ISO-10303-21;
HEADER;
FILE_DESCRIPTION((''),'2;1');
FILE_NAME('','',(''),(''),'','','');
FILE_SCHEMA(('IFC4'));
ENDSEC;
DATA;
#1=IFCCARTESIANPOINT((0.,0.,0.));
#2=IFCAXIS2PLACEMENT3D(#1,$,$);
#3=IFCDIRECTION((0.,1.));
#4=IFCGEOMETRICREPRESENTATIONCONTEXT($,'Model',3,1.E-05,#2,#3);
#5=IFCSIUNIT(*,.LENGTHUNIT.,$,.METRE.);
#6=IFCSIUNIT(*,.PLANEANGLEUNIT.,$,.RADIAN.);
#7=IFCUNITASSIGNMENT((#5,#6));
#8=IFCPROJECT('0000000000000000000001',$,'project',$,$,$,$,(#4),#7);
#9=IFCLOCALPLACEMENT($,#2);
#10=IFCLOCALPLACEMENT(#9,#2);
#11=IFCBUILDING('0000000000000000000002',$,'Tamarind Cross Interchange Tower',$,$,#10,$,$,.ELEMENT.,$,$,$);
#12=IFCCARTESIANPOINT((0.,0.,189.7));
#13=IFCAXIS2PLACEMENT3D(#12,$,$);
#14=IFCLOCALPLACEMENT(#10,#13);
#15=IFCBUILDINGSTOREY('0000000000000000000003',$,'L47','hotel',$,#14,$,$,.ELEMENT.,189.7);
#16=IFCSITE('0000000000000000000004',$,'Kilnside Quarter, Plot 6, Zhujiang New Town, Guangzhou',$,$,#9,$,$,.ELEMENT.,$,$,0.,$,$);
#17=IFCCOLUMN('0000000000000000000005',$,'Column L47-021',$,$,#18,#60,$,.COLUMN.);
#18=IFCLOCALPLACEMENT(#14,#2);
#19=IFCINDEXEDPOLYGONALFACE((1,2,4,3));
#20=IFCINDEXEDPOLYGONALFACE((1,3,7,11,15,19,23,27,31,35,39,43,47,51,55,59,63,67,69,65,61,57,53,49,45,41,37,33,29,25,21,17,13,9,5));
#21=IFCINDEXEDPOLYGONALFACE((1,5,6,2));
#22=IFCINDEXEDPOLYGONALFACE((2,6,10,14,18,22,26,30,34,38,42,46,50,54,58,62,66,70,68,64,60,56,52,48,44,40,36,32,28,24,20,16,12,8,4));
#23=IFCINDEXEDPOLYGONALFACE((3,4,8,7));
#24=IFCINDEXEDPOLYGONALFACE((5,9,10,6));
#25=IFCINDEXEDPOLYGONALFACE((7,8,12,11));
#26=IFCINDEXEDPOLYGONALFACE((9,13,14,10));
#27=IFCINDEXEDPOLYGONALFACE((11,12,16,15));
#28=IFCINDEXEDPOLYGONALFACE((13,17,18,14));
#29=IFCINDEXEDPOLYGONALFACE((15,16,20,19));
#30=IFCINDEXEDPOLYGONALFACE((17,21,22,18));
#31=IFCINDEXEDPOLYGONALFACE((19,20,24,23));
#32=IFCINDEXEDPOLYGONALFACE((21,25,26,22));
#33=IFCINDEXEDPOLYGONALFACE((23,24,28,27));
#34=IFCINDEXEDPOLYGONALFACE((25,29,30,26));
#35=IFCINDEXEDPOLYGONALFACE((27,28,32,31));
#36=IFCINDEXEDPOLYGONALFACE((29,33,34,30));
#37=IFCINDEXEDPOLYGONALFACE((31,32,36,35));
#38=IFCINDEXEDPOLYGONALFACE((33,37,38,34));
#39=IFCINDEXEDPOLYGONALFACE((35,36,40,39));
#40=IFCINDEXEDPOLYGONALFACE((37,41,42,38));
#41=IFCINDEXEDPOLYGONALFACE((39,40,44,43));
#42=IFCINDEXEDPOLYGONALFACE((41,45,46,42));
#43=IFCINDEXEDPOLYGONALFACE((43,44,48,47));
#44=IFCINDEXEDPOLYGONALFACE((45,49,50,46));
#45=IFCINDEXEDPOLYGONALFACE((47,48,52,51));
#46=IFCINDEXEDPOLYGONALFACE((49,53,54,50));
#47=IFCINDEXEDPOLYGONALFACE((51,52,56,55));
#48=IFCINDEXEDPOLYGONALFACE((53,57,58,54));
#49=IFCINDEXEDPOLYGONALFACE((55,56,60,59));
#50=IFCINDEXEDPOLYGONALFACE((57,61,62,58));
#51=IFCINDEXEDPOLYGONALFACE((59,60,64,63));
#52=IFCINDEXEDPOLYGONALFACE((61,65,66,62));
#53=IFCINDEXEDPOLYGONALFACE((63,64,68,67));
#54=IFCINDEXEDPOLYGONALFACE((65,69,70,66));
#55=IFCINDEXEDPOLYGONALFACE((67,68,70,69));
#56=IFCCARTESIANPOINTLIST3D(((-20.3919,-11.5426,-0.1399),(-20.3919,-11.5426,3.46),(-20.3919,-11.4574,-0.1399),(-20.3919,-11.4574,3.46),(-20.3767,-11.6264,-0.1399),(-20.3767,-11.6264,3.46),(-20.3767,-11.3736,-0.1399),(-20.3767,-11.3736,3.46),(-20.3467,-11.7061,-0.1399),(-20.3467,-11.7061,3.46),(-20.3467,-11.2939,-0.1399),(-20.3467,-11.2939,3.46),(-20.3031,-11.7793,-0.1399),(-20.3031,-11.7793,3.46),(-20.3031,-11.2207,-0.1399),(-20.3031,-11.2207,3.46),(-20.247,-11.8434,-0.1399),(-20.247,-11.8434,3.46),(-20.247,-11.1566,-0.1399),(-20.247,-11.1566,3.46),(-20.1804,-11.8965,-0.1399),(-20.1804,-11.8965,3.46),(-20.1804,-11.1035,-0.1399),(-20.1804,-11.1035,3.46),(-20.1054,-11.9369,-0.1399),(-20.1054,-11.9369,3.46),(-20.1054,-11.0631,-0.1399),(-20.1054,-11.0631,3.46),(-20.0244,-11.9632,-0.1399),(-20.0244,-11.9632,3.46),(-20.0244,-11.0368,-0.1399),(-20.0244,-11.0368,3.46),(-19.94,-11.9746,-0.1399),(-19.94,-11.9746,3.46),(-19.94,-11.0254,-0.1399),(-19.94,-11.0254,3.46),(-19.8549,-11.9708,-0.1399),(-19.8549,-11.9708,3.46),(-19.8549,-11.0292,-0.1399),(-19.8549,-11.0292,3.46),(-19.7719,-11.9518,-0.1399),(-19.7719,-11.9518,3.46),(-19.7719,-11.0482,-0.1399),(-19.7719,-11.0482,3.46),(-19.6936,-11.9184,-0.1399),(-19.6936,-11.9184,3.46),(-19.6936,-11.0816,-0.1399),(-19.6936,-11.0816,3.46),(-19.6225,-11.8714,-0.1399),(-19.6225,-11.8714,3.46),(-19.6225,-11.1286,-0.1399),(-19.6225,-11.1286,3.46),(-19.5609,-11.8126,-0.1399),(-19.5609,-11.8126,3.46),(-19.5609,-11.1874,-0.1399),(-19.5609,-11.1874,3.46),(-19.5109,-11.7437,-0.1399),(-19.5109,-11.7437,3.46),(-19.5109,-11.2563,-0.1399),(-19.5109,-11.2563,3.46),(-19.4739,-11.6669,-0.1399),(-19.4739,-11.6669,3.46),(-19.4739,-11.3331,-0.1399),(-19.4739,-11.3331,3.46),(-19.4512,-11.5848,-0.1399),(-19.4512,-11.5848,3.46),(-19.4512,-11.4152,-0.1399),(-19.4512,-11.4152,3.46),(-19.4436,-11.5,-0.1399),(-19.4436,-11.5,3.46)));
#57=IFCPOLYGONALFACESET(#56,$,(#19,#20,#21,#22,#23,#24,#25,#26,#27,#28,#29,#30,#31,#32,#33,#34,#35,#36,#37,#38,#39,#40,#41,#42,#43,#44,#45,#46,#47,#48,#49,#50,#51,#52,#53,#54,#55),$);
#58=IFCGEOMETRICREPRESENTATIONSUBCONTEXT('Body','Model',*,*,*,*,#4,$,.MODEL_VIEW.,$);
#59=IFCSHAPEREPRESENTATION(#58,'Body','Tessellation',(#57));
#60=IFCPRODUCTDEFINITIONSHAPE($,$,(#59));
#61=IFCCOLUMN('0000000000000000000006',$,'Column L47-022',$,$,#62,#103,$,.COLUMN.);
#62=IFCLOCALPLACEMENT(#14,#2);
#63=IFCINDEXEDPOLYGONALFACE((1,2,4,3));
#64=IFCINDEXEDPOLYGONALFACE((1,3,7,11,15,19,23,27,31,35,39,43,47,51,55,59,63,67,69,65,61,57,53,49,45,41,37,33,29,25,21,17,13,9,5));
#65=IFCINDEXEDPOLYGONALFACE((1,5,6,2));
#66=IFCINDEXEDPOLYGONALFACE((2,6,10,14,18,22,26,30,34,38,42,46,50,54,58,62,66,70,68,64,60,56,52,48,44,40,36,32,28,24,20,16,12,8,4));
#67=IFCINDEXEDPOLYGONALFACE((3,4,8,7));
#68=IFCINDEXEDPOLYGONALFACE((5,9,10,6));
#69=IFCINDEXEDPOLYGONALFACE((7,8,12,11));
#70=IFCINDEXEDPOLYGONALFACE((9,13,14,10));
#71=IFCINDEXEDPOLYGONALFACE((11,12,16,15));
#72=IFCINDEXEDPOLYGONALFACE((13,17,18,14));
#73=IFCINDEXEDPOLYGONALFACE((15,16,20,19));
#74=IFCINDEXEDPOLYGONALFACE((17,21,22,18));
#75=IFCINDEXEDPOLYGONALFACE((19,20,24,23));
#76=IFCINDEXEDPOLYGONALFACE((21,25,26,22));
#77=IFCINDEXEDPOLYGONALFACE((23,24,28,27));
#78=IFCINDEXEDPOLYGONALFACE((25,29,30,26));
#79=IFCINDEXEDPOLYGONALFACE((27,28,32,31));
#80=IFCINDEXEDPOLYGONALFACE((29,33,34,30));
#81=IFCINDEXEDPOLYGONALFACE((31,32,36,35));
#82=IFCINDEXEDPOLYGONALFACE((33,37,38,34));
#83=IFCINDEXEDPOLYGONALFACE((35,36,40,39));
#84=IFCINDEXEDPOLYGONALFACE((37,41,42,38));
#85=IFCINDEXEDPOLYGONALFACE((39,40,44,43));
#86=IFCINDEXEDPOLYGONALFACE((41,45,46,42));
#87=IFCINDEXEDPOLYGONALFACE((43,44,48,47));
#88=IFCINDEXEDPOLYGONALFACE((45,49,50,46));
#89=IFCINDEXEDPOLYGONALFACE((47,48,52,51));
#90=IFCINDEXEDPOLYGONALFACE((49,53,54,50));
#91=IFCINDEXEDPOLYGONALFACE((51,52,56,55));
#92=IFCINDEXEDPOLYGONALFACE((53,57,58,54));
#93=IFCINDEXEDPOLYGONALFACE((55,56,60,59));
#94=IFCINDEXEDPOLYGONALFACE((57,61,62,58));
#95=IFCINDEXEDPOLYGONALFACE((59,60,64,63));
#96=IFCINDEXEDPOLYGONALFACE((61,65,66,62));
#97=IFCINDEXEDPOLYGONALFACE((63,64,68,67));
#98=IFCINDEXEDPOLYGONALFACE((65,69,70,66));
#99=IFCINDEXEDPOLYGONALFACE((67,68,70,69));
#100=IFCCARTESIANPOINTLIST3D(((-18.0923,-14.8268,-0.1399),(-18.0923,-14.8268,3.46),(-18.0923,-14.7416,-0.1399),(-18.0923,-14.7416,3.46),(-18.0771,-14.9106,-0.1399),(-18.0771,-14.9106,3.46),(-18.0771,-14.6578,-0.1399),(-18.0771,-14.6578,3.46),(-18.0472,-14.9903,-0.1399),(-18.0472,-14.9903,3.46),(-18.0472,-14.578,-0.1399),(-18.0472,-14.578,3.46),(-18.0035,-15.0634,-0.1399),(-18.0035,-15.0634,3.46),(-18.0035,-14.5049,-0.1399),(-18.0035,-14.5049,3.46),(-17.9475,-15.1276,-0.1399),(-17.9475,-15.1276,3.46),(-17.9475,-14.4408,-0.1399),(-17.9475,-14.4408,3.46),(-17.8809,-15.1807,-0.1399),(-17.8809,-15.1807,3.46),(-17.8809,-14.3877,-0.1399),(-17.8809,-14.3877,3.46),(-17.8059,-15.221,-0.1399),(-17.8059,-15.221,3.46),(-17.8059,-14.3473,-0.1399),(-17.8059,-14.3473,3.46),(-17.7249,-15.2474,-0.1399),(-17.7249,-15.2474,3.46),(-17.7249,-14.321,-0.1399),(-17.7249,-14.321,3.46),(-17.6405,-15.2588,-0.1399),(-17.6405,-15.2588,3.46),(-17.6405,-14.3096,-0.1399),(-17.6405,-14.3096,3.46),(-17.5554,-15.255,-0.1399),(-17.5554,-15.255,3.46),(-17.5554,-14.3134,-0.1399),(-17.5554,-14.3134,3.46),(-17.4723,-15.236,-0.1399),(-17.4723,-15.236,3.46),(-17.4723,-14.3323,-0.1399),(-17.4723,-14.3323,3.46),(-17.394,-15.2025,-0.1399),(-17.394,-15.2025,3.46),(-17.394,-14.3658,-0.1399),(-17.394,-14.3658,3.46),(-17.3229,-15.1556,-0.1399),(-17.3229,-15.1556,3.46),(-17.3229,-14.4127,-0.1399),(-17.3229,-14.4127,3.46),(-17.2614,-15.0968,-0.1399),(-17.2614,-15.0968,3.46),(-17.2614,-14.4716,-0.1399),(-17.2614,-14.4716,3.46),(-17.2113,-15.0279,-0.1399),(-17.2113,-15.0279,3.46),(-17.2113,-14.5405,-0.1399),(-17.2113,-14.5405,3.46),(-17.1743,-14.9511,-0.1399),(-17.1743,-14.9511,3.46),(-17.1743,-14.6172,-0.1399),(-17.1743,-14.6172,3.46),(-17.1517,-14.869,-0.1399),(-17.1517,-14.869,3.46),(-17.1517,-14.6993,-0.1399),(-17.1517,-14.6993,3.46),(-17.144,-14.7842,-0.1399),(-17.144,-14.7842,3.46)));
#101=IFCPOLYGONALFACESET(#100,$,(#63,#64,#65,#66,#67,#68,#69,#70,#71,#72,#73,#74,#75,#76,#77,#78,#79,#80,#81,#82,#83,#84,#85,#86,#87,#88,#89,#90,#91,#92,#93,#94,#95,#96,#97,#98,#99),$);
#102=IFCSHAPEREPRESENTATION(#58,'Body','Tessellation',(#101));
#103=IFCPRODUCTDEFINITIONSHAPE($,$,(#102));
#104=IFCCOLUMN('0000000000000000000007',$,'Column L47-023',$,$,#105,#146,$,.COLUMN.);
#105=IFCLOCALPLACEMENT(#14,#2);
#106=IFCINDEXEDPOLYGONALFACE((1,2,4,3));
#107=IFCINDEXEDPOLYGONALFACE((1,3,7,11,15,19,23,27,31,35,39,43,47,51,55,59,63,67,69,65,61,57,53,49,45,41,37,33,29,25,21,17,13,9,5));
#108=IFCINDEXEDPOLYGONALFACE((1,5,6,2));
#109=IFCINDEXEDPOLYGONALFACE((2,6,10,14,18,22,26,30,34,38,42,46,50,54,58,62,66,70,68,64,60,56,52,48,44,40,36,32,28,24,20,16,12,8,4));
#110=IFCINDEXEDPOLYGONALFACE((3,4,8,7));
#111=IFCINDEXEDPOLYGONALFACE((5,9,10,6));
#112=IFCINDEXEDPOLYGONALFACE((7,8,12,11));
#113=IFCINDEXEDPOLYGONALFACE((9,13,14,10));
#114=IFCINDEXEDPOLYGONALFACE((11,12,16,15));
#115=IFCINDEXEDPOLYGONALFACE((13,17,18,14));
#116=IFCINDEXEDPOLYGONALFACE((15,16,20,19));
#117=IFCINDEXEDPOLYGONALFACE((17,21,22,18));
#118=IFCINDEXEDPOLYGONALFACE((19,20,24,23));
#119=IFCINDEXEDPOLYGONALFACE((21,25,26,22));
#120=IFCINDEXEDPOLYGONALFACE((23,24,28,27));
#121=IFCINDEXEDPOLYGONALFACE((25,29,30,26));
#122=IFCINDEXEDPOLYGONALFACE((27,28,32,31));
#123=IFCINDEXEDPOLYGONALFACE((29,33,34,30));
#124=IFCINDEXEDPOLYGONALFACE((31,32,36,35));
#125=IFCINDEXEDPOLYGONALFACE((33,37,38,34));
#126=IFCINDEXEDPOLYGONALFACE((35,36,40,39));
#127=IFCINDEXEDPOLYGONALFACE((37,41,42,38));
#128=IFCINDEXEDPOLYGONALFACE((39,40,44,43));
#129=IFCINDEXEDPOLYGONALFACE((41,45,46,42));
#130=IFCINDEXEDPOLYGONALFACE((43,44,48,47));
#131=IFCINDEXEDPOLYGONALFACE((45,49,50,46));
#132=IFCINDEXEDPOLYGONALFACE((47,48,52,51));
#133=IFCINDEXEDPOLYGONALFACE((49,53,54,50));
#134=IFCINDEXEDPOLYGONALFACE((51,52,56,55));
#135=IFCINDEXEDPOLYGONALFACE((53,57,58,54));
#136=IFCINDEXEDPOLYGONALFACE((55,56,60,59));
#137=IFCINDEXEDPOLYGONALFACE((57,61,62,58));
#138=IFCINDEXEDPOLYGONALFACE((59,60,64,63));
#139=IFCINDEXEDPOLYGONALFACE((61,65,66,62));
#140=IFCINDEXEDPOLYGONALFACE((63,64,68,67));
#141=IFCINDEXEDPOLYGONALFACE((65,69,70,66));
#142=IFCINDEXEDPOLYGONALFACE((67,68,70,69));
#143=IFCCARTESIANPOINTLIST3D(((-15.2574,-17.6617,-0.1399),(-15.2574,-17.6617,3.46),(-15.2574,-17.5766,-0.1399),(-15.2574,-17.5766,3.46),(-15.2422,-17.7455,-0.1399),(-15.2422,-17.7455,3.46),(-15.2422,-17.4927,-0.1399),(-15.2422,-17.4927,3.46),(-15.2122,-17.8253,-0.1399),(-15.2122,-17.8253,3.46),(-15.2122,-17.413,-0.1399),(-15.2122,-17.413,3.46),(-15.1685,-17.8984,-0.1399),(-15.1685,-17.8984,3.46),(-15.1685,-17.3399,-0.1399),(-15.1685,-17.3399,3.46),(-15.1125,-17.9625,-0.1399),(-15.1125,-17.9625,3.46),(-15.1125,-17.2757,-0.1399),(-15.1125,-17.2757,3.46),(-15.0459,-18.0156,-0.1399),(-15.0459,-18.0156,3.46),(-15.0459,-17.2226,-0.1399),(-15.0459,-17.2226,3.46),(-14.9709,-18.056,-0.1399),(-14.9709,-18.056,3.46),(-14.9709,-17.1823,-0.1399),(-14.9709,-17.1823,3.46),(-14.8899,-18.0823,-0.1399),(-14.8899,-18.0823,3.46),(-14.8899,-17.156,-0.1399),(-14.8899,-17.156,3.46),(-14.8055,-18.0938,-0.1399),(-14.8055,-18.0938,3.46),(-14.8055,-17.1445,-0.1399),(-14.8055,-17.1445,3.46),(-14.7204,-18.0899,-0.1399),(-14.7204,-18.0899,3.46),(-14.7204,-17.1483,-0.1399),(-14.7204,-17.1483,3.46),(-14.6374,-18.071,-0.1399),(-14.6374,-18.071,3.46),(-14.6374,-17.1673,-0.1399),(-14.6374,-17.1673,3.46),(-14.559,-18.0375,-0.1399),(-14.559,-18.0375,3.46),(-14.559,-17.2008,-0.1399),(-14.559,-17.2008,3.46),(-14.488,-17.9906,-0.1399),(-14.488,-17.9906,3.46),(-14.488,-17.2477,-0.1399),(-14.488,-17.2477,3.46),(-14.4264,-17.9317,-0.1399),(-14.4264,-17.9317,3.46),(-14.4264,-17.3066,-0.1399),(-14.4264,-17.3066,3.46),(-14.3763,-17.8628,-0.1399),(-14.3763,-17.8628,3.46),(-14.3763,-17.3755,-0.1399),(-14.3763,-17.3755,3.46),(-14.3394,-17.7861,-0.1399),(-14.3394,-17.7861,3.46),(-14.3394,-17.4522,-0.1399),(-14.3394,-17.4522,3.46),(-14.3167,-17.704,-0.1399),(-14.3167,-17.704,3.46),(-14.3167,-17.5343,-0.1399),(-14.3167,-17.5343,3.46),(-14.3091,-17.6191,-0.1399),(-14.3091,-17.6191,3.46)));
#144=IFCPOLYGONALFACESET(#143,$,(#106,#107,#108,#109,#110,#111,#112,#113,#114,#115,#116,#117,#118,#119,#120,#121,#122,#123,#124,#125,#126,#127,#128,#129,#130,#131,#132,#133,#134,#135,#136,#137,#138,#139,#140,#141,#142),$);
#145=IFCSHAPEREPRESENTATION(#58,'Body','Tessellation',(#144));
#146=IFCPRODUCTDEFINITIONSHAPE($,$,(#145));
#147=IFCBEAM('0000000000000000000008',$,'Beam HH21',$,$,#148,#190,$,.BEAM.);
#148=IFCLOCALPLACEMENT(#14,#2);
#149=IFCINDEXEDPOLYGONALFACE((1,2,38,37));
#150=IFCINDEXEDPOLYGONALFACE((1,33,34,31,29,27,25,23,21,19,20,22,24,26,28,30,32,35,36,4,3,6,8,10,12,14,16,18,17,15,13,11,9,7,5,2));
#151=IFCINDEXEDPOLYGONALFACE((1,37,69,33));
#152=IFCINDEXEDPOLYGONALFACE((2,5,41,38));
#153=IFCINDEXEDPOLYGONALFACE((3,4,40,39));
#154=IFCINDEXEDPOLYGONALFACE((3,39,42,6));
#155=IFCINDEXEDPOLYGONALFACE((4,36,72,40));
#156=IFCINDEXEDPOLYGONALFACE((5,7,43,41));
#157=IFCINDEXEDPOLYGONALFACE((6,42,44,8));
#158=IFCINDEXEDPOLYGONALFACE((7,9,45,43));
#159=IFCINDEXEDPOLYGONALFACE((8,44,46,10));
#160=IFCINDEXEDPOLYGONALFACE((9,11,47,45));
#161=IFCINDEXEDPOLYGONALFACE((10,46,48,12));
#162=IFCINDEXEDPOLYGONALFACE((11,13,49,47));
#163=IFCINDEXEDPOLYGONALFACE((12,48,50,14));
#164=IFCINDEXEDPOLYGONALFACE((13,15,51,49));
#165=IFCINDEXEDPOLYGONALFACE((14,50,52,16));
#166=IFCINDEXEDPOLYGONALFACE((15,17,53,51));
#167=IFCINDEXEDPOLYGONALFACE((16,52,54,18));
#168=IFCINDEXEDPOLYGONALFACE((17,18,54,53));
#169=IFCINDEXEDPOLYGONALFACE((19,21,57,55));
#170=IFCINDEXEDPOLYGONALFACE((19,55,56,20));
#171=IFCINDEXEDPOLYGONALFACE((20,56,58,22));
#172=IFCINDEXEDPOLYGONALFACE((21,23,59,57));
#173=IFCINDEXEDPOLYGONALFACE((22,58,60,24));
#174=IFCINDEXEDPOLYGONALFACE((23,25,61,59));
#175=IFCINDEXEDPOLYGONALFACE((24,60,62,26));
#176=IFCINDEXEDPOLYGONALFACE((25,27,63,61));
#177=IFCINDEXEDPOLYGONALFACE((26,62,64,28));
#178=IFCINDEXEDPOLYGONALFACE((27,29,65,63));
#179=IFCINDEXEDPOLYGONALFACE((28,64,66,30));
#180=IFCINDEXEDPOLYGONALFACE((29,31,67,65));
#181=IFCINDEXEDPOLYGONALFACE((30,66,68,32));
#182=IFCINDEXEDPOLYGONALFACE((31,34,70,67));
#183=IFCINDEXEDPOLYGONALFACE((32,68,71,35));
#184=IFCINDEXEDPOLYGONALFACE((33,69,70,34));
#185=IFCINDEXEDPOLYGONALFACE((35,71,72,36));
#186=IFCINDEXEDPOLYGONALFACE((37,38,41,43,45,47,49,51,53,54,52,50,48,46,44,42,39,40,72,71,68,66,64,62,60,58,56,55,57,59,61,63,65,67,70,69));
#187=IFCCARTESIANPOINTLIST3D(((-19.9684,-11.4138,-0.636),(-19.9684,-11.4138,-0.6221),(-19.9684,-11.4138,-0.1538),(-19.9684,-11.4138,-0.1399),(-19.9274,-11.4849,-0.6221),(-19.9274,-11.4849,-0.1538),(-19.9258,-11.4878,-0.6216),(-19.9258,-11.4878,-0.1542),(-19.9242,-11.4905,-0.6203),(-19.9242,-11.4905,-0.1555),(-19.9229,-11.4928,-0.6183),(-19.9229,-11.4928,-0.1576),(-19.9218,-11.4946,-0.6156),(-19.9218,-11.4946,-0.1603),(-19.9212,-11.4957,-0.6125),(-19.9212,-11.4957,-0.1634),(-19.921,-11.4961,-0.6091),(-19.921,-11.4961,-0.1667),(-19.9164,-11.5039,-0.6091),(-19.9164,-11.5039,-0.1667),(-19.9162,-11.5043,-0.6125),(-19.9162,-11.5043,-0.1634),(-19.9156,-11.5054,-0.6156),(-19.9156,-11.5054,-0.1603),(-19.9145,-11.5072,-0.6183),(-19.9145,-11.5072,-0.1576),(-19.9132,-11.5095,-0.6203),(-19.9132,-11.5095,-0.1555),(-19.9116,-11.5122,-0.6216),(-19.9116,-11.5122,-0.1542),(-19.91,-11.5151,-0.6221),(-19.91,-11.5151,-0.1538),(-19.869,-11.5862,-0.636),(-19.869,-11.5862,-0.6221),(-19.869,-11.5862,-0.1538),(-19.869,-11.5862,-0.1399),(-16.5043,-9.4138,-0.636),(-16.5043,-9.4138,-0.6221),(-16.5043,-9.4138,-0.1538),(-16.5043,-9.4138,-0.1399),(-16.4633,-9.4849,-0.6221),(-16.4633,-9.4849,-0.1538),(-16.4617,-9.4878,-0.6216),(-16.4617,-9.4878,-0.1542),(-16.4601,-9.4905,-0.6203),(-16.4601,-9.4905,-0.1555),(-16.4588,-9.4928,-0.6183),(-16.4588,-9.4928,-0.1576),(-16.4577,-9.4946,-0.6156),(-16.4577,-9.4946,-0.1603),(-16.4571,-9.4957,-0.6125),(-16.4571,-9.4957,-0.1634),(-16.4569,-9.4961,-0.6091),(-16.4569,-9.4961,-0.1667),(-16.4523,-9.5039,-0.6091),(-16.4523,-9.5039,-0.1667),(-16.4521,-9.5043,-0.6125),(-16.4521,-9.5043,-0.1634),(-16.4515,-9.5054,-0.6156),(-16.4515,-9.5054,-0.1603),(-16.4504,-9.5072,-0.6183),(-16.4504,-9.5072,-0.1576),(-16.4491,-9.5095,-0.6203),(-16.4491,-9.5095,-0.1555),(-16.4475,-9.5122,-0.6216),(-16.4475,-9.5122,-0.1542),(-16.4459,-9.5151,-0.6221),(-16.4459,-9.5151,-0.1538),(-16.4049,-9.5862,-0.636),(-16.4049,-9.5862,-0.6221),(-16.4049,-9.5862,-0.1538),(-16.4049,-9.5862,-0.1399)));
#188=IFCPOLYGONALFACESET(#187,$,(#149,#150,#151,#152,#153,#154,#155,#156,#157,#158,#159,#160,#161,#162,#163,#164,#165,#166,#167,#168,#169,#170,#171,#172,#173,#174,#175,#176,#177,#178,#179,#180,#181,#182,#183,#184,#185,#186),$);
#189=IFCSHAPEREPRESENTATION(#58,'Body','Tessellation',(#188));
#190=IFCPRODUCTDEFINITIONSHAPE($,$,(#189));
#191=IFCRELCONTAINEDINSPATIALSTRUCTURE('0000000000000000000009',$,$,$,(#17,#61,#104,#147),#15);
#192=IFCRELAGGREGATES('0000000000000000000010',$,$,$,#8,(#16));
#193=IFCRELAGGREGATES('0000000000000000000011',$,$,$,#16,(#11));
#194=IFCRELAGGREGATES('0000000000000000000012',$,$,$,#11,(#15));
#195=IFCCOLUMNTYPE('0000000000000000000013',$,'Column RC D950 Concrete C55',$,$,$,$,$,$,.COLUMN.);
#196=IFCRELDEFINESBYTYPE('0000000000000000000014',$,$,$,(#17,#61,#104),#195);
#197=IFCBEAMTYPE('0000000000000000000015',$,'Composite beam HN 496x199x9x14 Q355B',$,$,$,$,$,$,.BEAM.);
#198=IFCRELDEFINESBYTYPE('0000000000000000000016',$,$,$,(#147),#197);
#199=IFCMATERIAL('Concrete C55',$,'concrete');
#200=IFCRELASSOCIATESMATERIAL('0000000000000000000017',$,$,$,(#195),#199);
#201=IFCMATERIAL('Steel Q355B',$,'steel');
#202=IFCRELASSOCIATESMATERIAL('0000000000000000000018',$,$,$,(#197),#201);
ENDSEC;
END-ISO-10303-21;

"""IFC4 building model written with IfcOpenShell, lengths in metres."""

from ifc_helpers import new_model, si_unit, direction, frame, origin, origin_2d, place, context, subcontext, project, spatial, circle, i_section, extrude, material, material_profile, profile_set, type_object, element, save


model = new_model("IFC4")

# Units and contexts
model_context = context("Model", 3, precision=1e-05, world=origin(), true_north=direction((0.0, 1.0)))
body_context = subcontext(model_context, "Body", "Model", "MODEL_VIEW")
ifc_project = project(units=[si_unit("LENGTHUNIT", "METRE"), si_unit("PLANEANGLEUNIT", "RADIAN")], contexts=[model_context])

# Site, building, storey
site_placement = place(None, origin())
site = spatial("IfcSite", under=ifc_project, at=site_placement, Name="Kilnside Quarter, Plot 6, Zhujiang New Town, Guangzhou", CompositionType="ELEMENT", RefElevation=0.0)
building_placement = place(site_placement, origin())
building = spatial("IfcBuilding", under=site, at=building_placement, Name="Tamarind Cross Interchange Tower", CompositionType="ELEMENT")
storey_placement = place(building_placement, frame((0.0, 0.0, 189.7)))
storey = spatial("IfcBuildingStorey", under=building, at=storey_placement, Name="L47", Description="hotel", CompositionType="ELEMENT", Elevation=189.7)

# Columns
ifc_material_1 = material(Name="Concrete C55", Category="concrete")
ifc_material_profile_1 = material_profile(ifc_material_1, circle(Radius=0.4751, at=origin_2d()), Name="RC D950")
ifc_profile_set_1 = profile_set([ifc_material_profile_1], Name="Concrete C55")
column_type = type_object("IfcColumnType", Name="Column RC D950 Concrete C55", PredefinedType="COLUMN", material=ifc_profile_set_1)
for number, where, z_axis, x_axis, name in (
    (1, (-19.9187, -11.5, -0.1399), (0.0, 0.0, 1.0), (1.0, 0.0, 0.0), "Column L47-021"),
    (2, (-17.6191, -14.7842, -0.1399), (0.0, 0.0, 1.0), (1.0, 0.0, 0.0), "Column L47-022"),
    (3, (-14.7842, -17.6191, -0.1399), (0.0, 0.0, 1.0), (1.0, 0.0, 0.0), "Column L47-023"),
):
    element("IfcColumn", number, at=place(storey_placement, frame(where, z_axis=z_axis, x_axis=x_axis)), inside=storey, type_object=column_type, Name=name, PredefinedType="COLUMN", context=body_context, shape_type="SweptSolid", body=[
        extrude(circle(Radius=0.4751, at=origin_2d()), origin(), (0.0, 0.0, 1.0), 3.5999),
    ])

# Beam
ifc_material_2 = material(Name="Steel Q355B", Category="steel")
ifc_material_profile_2 = material_profile(ifc_material_2, i_section(OverallWidth=0.199, OverallDepth=0.4961, WebThickness=0.009, FlangeThickness=0.0139, FilletRadius=0.0129, at=origin_2d()), Name="HN 496x199x9x14")
ifc_profile_set_2 = profile_set([ifc_material_profile_2], Name="Steel Q355B")
beam_type = type_object("IfcBeamType", Name="Composite beam HN 496x199x9x14 Q355B", PredefinedType="BEAM", material=ifc_profile_set_2)
beam_1_placement = place(storey_placement, frame((-19.9187, -11.5, -0.3879), z_axis=(0.866026, 0.499999, 0.0), x_axis=(-0.499999, 0.866026, 0.0)))
element("IfcBeam", 4, at=beam_1_placement, inside=storey, type_object=beam_type, Name="Beam HH21", PredefinedType="BEAM", context=body_context, shape_type="SweptSolid", body=[
    extrude(i_section(OverallWidth=0.199, OverallDepth=0.4961, WebThickness=0.009, FlangeThickness=0.0139, FilletRadius=0.0129, at=origin_2d()), origin(), (0.0, 0.0, 1.0), 4.0),
])

save(model, "model.ifc")
